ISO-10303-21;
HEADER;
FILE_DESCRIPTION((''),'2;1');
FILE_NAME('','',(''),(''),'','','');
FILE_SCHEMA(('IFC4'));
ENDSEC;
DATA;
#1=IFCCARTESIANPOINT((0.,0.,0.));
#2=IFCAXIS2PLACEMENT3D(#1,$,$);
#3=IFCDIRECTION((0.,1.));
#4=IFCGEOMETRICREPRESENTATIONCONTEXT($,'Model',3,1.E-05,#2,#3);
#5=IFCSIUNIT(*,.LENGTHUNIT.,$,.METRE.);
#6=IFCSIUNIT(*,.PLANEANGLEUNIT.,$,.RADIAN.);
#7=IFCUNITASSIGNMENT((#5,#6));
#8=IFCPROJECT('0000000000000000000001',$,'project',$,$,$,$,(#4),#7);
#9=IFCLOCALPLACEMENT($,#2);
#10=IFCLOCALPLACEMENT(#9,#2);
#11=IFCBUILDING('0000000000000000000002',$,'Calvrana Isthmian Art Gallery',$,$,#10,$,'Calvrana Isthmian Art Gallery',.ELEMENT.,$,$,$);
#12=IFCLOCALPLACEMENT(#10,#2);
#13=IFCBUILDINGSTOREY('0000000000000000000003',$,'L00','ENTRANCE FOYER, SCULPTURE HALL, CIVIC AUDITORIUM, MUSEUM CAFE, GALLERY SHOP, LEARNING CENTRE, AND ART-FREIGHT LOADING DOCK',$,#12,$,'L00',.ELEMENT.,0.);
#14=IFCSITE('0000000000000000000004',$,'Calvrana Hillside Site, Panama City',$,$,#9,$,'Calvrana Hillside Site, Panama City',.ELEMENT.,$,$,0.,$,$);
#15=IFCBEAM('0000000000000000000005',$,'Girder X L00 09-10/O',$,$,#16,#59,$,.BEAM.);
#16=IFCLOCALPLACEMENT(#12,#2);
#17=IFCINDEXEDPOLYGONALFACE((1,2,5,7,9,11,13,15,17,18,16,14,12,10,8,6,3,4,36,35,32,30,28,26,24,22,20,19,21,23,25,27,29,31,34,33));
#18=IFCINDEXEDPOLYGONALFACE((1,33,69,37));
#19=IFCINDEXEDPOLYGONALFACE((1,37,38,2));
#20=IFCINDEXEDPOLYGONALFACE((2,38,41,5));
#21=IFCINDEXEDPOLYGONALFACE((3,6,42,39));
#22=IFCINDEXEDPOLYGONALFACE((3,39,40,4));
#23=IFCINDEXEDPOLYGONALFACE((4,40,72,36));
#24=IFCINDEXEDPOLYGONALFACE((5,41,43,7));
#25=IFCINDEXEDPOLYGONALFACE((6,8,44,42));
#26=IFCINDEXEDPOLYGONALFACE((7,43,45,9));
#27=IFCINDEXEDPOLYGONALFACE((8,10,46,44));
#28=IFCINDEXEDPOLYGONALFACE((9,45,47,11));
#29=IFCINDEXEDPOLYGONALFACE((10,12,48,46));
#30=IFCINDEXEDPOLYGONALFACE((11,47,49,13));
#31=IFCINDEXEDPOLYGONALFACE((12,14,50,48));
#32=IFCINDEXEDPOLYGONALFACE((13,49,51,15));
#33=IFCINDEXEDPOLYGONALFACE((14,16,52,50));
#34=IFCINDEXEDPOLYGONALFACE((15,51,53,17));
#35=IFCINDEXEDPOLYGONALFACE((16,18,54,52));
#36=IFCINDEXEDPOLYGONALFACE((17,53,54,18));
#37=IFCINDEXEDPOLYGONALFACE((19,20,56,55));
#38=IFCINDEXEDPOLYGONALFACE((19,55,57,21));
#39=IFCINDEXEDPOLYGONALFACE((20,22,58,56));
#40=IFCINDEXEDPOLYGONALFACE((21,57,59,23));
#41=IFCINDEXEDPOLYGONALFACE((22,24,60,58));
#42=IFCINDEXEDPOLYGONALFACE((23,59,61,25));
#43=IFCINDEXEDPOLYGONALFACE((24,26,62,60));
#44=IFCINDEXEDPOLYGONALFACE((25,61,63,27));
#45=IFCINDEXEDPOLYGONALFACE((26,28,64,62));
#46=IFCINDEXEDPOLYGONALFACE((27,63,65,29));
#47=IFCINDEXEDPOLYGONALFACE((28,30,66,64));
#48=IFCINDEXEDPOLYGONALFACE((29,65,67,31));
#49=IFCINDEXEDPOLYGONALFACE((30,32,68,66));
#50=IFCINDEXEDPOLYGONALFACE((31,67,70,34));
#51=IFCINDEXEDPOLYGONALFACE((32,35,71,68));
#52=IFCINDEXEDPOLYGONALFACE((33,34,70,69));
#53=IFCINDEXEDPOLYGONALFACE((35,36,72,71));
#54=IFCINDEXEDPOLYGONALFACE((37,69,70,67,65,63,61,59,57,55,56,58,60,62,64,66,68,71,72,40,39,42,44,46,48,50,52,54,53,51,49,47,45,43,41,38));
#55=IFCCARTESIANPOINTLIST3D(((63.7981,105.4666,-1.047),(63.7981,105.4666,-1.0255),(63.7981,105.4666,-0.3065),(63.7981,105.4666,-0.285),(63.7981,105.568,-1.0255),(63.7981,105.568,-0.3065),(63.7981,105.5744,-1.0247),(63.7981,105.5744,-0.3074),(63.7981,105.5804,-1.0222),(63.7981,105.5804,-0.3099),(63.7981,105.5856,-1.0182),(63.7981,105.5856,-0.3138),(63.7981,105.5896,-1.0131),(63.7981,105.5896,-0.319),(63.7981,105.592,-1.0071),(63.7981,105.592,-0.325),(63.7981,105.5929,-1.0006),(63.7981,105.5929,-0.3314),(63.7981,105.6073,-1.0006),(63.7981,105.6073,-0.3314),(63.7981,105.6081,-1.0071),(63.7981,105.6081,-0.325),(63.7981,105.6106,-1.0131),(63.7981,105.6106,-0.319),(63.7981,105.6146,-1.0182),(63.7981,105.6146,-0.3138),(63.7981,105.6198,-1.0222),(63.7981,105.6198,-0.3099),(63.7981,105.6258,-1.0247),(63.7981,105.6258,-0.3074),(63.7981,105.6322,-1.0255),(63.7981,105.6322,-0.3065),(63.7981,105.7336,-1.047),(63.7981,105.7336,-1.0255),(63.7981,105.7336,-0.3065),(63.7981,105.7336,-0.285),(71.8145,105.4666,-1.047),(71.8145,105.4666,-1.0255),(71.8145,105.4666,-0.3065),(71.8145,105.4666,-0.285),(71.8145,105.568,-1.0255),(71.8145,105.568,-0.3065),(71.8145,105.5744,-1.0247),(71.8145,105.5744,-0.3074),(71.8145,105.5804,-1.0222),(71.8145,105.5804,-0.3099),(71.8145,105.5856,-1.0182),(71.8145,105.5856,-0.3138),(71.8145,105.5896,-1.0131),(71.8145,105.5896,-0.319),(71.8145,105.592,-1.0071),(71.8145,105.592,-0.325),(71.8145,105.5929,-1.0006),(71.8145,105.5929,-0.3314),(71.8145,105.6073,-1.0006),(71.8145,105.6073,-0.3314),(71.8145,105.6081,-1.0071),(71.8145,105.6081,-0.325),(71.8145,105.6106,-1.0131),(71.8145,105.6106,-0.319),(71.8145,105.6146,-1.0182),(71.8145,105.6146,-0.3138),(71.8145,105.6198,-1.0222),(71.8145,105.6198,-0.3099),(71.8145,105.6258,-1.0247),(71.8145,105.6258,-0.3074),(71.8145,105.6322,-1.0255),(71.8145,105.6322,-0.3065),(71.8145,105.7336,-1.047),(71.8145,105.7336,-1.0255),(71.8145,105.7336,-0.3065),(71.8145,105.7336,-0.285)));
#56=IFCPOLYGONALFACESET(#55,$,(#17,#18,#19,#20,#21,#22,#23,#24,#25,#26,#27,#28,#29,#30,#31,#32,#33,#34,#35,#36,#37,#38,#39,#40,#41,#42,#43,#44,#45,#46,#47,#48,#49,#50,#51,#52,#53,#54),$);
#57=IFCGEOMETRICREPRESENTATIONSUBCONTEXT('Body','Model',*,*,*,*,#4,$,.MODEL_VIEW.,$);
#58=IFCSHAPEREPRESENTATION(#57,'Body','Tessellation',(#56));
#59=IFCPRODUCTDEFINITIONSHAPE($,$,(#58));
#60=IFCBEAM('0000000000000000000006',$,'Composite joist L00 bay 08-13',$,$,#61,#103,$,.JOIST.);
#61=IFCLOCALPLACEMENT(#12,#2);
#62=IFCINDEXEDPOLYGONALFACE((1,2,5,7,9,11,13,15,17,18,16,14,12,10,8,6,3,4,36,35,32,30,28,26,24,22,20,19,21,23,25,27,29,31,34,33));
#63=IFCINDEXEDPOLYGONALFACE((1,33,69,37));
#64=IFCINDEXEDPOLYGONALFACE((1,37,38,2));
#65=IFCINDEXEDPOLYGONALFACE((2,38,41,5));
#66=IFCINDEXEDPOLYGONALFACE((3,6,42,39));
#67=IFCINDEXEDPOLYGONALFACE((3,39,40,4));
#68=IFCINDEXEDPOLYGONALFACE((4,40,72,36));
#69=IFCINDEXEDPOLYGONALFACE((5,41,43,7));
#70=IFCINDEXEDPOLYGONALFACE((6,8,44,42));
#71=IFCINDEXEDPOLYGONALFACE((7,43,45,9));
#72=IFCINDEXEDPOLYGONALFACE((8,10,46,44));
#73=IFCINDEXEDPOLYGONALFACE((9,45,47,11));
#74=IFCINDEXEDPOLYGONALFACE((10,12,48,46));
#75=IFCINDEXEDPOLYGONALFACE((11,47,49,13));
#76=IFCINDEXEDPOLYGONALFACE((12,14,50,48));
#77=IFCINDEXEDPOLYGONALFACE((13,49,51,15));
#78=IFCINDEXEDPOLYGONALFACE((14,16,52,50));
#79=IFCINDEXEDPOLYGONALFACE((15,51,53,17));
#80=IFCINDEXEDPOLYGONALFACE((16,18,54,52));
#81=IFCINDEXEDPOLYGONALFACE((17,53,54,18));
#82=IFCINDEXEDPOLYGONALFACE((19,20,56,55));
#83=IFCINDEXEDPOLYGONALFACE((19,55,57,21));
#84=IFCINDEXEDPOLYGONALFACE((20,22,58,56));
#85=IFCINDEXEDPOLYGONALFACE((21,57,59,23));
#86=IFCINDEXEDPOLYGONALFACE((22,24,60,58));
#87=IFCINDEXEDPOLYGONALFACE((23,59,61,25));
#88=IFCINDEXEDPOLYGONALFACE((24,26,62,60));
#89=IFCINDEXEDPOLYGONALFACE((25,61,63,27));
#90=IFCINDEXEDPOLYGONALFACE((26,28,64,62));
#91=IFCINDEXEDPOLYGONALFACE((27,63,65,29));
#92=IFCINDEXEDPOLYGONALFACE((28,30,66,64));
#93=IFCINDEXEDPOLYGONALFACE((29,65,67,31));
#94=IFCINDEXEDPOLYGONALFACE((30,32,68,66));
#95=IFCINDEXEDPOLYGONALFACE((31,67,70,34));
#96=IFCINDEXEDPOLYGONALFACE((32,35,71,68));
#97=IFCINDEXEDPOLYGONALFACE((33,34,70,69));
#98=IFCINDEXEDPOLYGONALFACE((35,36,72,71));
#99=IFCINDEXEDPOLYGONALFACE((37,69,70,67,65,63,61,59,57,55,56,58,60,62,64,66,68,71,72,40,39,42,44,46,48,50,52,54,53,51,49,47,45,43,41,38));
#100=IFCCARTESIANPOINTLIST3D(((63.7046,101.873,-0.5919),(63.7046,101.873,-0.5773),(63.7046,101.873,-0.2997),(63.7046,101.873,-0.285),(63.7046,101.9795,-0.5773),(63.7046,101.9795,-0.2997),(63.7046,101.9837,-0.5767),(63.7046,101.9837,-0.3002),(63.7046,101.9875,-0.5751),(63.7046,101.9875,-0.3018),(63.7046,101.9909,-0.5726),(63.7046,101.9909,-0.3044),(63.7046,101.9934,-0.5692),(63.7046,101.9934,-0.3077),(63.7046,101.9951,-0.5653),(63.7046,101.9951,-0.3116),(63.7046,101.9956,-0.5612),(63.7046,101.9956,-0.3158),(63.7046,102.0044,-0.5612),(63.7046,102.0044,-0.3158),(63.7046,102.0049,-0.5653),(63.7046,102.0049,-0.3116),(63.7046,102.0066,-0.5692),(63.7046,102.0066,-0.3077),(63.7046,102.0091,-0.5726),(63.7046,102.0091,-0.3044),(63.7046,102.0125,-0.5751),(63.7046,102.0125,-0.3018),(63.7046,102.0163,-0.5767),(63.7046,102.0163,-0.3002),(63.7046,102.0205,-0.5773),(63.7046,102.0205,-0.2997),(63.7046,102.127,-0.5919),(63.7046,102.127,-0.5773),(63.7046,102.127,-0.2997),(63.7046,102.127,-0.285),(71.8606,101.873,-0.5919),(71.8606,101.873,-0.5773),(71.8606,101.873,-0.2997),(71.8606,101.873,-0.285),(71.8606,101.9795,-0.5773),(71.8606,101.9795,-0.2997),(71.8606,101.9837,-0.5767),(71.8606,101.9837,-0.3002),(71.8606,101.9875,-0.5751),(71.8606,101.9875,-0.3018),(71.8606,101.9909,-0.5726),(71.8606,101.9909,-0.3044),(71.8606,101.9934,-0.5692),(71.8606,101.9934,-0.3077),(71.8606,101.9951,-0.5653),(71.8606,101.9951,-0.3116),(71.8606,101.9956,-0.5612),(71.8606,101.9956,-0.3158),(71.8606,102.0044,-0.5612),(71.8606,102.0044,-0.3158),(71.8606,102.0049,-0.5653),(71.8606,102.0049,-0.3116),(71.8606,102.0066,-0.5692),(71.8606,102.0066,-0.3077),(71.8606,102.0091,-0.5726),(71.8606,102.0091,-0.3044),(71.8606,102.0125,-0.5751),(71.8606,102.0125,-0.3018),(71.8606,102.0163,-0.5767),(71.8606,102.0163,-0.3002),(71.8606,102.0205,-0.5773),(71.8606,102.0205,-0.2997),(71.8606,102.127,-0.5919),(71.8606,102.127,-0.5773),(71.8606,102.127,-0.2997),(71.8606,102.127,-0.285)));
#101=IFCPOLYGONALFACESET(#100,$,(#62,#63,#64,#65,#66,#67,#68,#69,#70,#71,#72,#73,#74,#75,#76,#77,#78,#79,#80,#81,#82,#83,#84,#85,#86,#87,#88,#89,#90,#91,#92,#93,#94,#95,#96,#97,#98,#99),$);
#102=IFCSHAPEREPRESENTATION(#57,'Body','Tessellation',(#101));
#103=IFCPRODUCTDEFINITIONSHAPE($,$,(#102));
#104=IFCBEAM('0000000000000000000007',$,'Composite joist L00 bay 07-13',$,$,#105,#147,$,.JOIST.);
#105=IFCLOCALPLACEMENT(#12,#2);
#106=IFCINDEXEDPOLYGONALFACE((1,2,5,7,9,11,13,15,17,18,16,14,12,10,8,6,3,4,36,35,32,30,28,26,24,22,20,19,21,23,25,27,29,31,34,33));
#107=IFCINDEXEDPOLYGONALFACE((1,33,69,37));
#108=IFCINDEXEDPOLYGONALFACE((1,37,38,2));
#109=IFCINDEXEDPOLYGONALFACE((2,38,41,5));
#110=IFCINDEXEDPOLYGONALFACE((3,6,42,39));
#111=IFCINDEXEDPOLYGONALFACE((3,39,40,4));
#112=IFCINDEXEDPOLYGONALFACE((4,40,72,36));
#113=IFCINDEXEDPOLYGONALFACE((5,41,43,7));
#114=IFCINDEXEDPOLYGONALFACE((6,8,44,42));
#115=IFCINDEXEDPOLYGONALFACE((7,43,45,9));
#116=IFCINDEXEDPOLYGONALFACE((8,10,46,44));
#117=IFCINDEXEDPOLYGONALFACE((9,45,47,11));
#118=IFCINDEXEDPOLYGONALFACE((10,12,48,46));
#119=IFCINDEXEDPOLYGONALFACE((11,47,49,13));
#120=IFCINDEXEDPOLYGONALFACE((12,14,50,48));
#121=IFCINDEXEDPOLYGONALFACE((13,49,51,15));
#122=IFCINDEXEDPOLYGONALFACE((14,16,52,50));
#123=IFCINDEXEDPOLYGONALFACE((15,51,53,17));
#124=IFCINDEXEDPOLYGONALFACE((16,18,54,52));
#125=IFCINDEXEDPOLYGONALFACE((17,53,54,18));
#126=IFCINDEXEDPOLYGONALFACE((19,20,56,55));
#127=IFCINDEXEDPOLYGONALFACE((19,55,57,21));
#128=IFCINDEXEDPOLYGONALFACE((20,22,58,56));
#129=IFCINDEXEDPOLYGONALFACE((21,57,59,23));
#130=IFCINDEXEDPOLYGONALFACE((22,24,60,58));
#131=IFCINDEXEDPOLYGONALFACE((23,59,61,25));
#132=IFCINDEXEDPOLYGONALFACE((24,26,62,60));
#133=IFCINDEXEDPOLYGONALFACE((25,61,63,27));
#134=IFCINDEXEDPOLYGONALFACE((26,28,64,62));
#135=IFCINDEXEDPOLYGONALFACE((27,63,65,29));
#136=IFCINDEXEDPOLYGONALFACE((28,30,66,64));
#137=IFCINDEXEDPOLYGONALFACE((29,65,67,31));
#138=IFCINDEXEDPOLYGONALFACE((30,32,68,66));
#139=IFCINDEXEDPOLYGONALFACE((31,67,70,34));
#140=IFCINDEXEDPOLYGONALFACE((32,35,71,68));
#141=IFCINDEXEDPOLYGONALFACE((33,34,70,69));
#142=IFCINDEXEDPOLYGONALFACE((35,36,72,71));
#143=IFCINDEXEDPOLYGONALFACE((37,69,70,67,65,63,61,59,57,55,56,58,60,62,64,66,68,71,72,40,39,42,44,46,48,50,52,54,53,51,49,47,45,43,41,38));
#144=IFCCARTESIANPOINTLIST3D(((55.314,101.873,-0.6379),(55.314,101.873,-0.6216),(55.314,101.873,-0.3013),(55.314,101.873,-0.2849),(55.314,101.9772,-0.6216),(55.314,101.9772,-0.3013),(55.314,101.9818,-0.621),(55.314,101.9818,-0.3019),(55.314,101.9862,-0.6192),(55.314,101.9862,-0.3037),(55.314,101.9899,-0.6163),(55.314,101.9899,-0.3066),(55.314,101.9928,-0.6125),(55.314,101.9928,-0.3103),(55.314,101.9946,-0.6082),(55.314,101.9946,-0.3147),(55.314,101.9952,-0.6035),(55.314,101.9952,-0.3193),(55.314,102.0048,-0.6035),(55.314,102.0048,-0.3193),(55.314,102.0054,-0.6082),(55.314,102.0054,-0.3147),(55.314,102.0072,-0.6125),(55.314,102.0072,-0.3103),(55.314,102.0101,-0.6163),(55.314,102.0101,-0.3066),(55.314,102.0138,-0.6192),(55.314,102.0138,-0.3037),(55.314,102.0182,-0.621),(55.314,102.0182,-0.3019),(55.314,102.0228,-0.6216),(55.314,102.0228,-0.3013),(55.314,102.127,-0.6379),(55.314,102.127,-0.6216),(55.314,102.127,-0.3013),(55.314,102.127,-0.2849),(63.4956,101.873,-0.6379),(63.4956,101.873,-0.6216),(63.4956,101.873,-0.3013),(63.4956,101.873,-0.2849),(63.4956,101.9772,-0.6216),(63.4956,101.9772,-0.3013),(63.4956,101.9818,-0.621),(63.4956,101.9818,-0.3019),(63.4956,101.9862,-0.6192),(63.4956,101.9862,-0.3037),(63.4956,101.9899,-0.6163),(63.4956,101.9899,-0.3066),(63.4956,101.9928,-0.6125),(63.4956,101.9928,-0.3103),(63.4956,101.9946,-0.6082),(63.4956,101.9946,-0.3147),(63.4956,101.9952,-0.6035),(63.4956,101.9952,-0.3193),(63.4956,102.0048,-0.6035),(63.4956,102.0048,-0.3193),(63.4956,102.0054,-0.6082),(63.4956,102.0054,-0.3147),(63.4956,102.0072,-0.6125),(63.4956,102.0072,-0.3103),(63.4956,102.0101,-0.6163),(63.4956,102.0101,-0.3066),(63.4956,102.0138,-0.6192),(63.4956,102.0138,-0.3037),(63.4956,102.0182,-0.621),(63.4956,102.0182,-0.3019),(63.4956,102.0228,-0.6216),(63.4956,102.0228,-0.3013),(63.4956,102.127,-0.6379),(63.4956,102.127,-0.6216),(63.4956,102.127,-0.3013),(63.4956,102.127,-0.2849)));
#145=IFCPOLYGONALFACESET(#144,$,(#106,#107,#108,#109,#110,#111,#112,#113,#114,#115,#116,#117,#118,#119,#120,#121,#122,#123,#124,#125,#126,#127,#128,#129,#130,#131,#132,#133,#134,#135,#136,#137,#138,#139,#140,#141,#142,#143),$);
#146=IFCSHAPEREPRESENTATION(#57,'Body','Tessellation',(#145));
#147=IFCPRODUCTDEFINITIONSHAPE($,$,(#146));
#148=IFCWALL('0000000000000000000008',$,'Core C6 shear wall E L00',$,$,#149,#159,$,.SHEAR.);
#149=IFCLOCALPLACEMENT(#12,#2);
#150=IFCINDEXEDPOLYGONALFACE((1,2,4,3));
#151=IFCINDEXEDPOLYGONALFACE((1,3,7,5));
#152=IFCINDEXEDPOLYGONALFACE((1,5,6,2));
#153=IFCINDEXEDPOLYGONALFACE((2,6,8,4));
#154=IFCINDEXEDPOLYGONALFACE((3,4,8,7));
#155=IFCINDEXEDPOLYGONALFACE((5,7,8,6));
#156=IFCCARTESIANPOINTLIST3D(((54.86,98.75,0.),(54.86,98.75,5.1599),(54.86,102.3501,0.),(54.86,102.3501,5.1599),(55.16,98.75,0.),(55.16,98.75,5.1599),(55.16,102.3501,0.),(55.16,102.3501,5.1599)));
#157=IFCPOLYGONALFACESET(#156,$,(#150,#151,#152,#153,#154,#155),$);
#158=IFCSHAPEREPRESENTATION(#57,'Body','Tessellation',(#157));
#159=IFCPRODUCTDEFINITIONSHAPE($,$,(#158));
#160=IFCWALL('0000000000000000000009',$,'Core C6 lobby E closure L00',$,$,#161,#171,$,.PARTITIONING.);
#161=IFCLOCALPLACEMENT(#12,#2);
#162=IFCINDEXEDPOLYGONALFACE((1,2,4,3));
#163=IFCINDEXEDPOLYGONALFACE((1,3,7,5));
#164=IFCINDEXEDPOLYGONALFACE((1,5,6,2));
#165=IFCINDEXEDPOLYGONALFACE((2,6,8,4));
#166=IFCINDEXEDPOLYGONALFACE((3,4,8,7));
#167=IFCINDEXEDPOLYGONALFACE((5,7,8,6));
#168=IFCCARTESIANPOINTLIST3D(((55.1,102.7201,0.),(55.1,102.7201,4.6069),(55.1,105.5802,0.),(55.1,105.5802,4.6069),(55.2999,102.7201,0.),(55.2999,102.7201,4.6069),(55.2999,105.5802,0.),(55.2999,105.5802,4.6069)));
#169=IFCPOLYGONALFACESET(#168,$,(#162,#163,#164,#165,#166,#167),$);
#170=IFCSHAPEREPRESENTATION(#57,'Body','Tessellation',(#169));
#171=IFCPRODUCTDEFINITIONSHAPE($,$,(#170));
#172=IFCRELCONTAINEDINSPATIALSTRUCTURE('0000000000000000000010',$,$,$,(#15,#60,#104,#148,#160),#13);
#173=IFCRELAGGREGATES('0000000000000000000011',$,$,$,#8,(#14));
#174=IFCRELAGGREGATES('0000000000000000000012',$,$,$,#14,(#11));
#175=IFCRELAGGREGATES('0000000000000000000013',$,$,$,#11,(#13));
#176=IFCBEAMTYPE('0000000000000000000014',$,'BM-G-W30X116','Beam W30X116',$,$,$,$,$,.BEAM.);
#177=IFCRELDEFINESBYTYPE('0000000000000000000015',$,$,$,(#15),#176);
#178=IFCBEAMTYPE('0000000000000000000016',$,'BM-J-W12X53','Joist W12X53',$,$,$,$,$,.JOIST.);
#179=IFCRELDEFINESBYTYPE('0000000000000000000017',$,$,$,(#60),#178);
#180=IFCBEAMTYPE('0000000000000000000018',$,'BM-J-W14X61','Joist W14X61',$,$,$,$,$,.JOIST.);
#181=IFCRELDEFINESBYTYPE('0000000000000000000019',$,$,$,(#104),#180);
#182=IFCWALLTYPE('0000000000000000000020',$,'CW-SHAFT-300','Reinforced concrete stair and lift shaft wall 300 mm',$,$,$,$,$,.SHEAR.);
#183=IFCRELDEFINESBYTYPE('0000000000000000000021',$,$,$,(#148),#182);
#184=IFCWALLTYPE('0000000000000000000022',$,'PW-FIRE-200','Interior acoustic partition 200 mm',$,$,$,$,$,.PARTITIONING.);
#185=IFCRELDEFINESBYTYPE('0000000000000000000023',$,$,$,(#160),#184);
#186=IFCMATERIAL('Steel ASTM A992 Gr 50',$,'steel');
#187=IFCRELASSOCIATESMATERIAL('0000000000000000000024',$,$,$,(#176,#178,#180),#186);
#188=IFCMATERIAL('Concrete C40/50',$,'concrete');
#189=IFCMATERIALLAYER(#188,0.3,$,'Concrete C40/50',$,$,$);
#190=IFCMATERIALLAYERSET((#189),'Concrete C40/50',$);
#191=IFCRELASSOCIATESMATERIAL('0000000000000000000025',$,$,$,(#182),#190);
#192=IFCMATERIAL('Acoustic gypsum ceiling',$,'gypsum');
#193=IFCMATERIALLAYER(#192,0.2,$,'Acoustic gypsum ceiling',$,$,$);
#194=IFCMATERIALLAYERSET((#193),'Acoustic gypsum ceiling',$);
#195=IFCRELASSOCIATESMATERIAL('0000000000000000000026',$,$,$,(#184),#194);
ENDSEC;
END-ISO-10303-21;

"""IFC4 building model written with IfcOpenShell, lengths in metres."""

from ifc_helpers import new_model, si_unit, direction, frame, frame_2d, origin, origin_2d, place, context, subcontext, project, spatial, rectangle, i_section, extrude, material, layer, layer_set, material_profile, profile_set, type_object, element, save


model = new_model("IFC4")

# Units and contexts
model_context = context("Model", 3, precision=1e-05, world=origin(), true_north=direction((0.0, 1.0)))
body_context = subcontext(model_context, "Body", "Model", "MODEL_VIEW")
ifc_project = project(units=[si_unit("LENGTHUNIT", "METRE"), si_unit("PLANEANGLEUNIT", "RADIAN")], contexts=[model_context])

# Site, building, storey
site_placement = place(None, origin())
site = spatial("IfcSite", under=ifc_project, at=site_placement, Name="Calvrana Hillside Site, Panama City", LongName="Calvrana Hillside Site, Panama City", CompositionType="ELEMENT", RefElevation=0.0)
building_placement = place(site_placement, origin())
building = spatial("IfcBuilding", under=site, at=building_placement, Name="Calvrana Isthmian Art Gallery", LongName="Calvrana Isthmian Art Gallery", CompositionType="ELEMENT")
storey_placement = place(building_placement, origin())
storey = spatial("IfcBuildingStorey", under=building, at=storey_placement, Name="L00", Description="ENTRANCE FOYER, SCULPTURE HALL, CIVIC AUDITORIUM, MUSEUM CAFE, GALLERY SHOP, LEARNING CENTRE, AND ART-FREIGHT LOADING DOCK", LongName="L00", CompositionType="ELEMENT", Elevation=0.0)

# Shared definitions
ifc_material_1 = material(Name="Steel ASTM A992 Gr 50", Category="steel")

# Beams
ifc_material_profile_1 = material_profile(ifc_material_1, i_section(OverallWidth=0.2671, OverallDepth=0.762, WebThickness=0.0144, FlangeThickness=0.0215, FilletRadius=0.0249, at=origin_2d()), Name="W30X116")
ifc_profile_set_1 = profile_set([ifc_material_profile_1], Name="Steel ASTM A992 Gr 50")
beam_type_1 = type_object("IfcBeamType", Name="BM-G-W30X116", Description="Beam W30X116", PredefinedType="BEAM", material=ifc_profile_set_1)
beam_1_placement = place(storey_placement, frame((63.7981, 105.6001, -0.666), z_axis=(1.0, 0.0, 0.0), x_axis=(0.0, 1.0, 0.0)))
element("IfcBeam", 1, at=beam_1_placement, inside=storey, type_object=beam_type_1, Name="Girder X L00 09-10/O", PredefinedType="BEAM", context=body_context, shape_type="SweptSolid", body=[
    extrude(i_section(OverallWidth=0.2671, OverallDepth=0.762, WebThickness=0.0144, FlangeThickness=0.0215, FilletRadius=0.0249, at=origin_2d()), origin(), (0.0, 0.0, 1.0), 8.0164),
])
ifc_material_profile_2 = material_profile(ifc_material_1, i_section(OverallWidth=0.2539, OverallDepth=0.3069, WebThickness=0.0088, FlangeThickness=0.0146, FilletRadius=0.0161, at=origin_2d()), Name="W12X53")
ifc_profile_set_2 = profile_set([ifc_material_profile_2], Name="Steel ASTM A992 Gr 50")
beam_type_2 = type_object("IfcBeamType", Name="BM-J-W12X53", Description="Joist W12X53", PredefinedType="JOIST", material=ifc_profile_set_2)
beam_2_placement = place(storey_placement, frame((63.7046, 102.0, -0.4385), z_axis=(1.0, 0.0, 0.0), x_axis=(0.0, 1.0, 0.0)))
element("IfcBeam", 2, at=beam_2_placement, inside=storey, type_object=beam_type_2, Name="Composite joist L00 bay 08-13", PredefinedType="JOIST", context=body_context, shape_type="SweptSolid", body=[
    extrude(i_section(OverallWidth=0.2539, OverallDepth=0.3069, WebThickness=0.0088, FlangeThickness=0.0146, FilletRadius=0.0161, at=origin_2d()), origin(), (0.0, 0.0, 1.0), 8.156),
])
ifc_material_profile_3 = material_profile(ifc_material_1, i_section(OverallWidth=0.2539, OverallDepth=0.353, WebThickness=0.0095, FlangeThickness=0.0164, FilletRadius=0.0181, at=origin_2d()), Name="W14X61")
ifc_profile_set_3 = profile_set([ifc_material_profile_3], Name="Steel ASTM A992 Gr 50")
beam_type_3 = type_object("IfcBeamType", Name="BM-J-W14X61", Description="Joist W14X61", PredefinedType="JOIST", material=ifc_profile_set_3)
beam_3_placement = place(storey_placement, frame((55.314, 102.0, -0.4614), z_axis=(1.0, 0.0, 0.0), x_axis=(0.0, 1.0, 0.0)))
element("IfcBeam", 3, at=beam_3_placement, inside=storey, type_object=beam_type_3, Name="Composite joist L00 bay 07-13", PredefinedType="JOIST", context=body_context, shape_type="SweptSolid", body=[
    extrude(i_section(OverallWidth=0.2539, OverallDepth=0.353, WebThickness=0.0095, FlangeThickness=0.0164, FilletRadius=0.0181, at=origin_2d()), origin(), (0.0, 0.0, 1.0), 8.1816),
])

# Walls
ifc_material_2 = material(Name="Concrete C40/50", Category="concrete")
ifc_layer_1 = layer(ifc_material_2, 0.3, Name="Concrete C40/50")
ifc_layer_set_1 = layer_set([ifc_layer_1], Name="Concrete C40/50")
wall_type_1 = type_object("IfcWallType", Name="CW-SHAFT-300", Description="Reinforced concrete stair and lift shaft wall 300 mm", PredefinedType="SHEAR", material=ifc_layer_set_1)
wall_1_placement = place(storey_placement, frame((55.01, 98.75, 0.0), z_axis=(0.0, 0.0, 1.0), x_axis=(0.0, 1.0, 0.0)))
element("IfcWall", 4, at=wall_1_placement, inside=storey, type_object=wall_type_1, Name="Core C6 shear wall E L00", PredefinedType="SHEAR", context=body_context, shape_type="SweptSolid", body=[
    extrude(rectangle(XDim=3.6001, YDim=0.3, at=frame_2d((1.8, 0.0))), origin(), (0.0, 0.0, 1.0), 5.1599),
])
ifc_material_3 = material(Name="Acoustic gypsum ceiling", Category="gypsum")
ifc_layer_2 = layer(ifc_material_3, 0.2, Name="Acoustic gypsum ceiling")
ifc_layer_set_2 = layer_set([ifc_layer_2], Name="Acoustic gypsum ceiling")
wall_type_2 = type_object("IfcWallType", Name="PW-FIRE-200", Description="Interior acoustic partition 200 mm", PredefinedType="PARTITIONING", material=ifc_layer_set_2)
wall_2_placement = place(storey_placement, frame((55.2, 102.72, 0.0), z_axis=(0.0, 0.0, 1.0), x_axis=(0.0, 1.0, 0.0)))
element("IfcWall", 5, at=wall_2_placement, inside=storey, type_object=wall_type_2, Name="Core C6 lobby E closure L00", PredefinedType="PARTITIONING", context=body_context, shape_type="SweptSolid", body=[
    extrude(rectangle(XDim=2.8601, YDim=0.2, at=frame_2d((1.4302, 0.0))), origin(), (0.0, 0.0, 1.0), 4.6069),
])

save(model, "model.ifc")
